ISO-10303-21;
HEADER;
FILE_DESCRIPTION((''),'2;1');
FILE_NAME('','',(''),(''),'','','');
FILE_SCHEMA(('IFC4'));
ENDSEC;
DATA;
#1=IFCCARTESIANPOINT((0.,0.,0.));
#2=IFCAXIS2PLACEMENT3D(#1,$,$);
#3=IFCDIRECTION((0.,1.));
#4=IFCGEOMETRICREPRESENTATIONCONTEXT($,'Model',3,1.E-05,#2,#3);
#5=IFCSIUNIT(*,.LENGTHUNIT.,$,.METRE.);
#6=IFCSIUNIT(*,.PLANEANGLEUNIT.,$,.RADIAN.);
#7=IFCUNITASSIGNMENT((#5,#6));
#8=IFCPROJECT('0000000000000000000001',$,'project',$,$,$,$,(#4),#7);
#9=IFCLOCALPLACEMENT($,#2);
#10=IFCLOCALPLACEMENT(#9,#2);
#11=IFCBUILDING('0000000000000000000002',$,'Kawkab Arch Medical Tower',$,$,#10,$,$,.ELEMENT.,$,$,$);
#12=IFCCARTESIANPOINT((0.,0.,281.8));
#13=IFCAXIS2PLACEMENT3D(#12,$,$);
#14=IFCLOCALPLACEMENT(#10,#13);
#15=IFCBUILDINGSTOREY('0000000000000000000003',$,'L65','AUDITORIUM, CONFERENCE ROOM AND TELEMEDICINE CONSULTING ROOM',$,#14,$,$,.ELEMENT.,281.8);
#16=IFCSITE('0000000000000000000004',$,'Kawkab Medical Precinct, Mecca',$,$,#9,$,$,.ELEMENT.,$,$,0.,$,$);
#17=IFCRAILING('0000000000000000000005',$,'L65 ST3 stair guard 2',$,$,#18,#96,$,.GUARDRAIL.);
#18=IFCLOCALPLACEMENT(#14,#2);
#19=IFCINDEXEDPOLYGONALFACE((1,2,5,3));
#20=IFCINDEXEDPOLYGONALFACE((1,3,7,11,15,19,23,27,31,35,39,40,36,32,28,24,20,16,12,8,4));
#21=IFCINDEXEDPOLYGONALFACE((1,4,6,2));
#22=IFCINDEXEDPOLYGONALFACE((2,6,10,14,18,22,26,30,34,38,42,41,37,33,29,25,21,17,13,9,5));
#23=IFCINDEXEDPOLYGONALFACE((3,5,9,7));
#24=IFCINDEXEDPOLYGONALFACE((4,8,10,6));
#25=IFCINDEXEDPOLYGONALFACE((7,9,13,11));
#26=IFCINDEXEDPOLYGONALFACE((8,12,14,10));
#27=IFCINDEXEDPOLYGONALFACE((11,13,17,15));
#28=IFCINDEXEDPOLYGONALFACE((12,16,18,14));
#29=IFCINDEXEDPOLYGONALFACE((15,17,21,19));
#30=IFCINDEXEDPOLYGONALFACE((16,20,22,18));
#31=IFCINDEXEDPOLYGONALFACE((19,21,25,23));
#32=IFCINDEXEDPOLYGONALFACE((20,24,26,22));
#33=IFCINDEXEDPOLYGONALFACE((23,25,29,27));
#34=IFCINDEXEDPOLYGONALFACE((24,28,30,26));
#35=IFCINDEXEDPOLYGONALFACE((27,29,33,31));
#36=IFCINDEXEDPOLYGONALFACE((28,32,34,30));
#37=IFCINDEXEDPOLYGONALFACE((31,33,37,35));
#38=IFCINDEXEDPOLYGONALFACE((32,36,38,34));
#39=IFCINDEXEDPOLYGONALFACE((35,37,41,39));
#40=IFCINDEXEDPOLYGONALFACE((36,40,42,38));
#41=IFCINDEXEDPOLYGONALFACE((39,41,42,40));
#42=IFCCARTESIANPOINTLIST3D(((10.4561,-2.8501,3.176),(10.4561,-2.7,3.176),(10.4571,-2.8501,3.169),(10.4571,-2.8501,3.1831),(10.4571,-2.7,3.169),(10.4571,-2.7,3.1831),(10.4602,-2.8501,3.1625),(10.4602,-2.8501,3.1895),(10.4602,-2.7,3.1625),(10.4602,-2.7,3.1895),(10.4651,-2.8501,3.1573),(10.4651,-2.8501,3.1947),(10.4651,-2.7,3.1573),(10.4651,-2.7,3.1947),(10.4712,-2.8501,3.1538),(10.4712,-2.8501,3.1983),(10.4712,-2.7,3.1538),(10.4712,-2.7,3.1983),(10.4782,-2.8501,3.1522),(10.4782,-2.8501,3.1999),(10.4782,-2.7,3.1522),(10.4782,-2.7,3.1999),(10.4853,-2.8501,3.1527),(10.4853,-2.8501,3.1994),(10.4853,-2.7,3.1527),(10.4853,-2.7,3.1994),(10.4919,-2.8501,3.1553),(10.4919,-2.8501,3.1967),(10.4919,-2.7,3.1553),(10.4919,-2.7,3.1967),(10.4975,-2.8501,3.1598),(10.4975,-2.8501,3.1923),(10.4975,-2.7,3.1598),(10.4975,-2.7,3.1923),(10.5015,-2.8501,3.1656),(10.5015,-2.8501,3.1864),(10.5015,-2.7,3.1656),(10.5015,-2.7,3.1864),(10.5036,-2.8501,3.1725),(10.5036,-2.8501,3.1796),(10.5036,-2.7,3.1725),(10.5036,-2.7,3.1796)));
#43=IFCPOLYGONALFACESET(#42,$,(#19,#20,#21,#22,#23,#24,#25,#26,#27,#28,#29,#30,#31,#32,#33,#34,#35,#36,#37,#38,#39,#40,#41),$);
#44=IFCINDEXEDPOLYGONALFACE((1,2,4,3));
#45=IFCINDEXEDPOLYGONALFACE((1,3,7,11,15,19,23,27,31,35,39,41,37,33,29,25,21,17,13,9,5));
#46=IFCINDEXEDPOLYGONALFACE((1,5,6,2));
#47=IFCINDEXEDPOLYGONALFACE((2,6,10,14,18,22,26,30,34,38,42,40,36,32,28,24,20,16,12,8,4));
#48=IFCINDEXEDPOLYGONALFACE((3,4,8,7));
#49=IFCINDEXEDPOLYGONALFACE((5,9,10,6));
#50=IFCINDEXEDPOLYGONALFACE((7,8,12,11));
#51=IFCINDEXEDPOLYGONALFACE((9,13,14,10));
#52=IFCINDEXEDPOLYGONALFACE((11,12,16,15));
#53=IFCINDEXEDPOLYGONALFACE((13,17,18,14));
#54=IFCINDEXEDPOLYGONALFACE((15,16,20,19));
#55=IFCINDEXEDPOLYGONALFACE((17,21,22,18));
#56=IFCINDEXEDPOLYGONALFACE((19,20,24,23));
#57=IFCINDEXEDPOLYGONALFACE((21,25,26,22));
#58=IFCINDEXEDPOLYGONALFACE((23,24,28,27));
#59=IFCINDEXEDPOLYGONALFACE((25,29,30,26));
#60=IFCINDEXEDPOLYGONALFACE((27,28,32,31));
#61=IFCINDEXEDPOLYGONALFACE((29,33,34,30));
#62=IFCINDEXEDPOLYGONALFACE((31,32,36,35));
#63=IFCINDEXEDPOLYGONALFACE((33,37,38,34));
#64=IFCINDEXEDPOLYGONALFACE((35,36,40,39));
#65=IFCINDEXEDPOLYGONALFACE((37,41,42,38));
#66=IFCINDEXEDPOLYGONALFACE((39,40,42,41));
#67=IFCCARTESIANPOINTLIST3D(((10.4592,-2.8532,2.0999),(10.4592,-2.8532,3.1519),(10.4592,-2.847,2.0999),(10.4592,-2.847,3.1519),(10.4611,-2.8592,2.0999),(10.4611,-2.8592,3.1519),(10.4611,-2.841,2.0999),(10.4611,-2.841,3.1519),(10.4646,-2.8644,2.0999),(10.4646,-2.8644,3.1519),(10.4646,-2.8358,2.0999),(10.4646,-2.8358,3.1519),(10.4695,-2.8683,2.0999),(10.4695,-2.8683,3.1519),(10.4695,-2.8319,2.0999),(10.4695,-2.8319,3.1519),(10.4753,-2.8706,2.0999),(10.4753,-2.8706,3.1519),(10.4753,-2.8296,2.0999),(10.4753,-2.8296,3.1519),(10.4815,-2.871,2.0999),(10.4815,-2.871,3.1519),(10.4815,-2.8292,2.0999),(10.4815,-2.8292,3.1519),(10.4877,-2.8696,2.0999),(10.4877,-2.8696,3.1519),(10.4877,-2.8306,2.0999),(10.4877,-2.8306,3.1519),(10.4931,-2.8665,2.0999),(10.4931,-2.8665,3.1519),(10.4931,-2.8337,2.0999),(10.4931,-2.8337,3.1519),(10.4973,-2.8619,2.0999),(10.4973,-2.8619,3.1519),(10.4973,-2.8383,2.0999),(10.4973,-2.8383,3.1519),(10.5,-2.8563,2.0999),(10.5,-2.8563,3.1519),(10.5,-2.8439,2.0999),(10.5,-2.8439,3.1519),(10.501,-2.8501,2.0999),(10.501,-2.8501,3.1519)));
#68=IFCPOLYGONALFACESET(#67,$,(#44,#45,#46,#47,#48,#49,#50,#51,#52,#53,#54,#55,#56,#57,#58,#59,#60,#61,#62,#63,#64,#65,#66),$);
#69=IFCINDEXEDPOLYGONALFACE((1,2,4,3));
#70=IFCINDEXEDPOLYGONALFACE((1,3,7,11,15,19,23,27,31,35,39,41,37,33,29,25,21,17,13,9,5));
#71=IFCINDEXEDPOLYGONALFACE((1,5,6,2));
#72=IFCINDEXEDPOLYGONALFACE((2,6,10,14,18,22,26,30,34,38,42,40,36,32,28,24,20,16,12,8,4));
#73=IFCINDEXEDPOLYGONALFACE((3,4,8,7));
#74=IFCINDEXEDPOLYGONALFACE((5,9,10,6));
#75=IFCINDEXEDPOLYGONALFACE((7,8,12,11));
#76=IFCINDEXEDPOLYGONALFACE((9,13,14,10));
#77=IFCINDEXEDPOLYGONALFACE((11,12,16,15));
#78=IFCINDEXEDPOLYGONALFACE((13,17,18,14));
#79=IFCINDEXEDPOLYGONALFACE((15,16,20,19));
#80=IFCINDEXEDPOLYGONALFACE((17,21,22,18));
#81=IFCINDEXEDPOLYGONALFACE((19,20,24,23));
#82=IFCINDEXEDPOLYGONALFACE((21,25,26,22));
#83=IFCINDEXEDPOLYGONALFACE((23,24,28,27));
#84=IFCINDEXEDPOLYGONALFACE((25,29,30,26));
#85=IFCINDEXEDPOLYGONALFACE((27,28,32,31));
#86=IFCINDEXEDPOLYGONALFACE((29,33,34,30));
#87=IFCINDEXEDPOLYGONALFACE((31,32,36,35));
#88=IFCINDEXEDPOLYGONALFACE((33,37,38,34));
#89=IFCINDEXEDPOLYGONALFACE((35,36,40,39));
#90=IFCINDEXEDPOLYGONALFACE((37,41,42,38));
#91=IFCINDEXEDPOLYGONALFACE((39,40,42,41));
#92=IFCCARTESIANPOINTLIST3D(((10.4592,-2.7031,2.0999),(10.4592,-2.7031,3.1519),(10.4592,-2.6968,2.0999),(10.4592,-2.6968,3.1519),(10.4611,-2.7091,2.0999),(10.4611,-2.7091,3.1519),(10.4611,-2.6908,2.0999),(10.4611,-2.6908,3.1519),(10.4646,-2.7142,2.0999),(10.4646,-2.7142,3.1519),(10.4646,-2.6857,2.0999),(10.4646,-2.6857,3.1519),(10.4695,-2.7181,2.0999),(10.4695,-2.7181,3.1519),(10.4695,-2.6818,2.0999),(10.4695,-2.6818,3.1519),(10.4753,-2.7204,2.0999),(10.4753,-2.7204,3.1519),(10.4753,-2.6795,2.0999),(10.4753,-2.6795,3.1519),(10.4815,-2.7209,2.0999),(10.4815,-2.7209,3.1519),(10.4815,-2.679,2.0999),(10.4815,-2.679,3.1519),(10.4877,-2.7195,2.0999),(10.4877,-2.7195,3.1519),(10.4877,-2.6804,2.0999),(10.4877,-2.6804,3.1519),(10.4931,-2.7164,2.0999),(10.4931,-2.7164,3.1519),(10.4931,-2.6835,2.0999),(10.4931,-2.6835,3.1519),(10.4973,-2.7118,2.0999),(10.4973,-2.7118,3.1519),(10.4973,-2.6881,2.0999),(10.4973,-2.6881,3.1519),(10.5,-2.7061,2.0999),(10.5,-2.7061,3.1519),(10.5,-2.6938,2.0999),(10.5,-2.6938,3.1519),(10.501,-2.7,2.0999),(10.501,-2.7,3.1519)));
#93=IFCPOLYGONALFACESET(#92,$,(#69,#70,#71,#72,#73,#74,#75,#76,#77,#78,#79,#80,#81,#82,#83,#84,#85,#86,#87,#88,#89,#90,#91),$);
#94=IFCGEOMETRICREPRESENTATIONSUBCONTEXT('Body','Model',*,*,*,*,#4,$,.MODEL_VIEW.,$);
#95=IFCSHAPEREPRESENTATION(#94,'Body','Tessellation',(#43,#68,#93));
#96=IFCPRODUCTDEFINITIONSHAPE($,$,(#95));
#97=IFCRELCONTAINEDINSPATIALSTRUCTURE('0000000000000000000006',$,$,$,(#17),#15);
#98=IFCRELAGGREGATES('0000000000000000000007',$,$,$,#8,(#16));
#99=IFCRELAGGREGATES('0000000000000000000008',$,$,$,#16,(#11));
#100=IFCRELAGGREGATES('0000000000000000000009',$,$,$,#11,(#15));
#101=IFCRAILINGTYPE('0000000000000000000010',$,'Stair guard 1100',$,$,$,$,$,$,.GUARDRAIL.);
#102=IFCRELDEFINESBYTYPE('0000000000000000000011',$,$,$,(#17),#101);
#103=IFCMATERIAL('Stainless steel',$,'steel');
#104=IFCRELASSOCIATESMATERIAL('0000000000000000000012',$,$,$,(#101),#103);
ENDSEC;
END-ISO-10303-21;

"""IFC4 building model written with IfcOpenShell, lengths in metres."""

from ifc_helpers import new_model, si_unit, direction, frame, origin, origin_2d, place, context, subcontext, project, spatial, circle, extrude, material, type_object, element, save


model = new_model("IFC4")

# Units and contexts
model_context = context("Model", 3, precision=1e-05, world=origin(), true_north=direction((0.0, 1.0)))
body_context = subcontext(model_context, "Body", "Model", "MODEL_VIEW")
ifc_project = project(units=[si_unit("LENGTHUNIT", "METRE"), si_unit("PLANEANGLEUNIT", "RADIAN")], contexts=[model_context])

# Site, building, storey
site_placement = place(None, origin())
site = spatial("IfcSite", under=ifc_project, at=site_placement, Name="Kawkab Medical Precinct, Mecca", CompositionType="ELEMENT", RefElevation=0.0)
building_placement = place(site_placement, origin())
building = spatial("IfcBuilding", under=site, at=building_placement, Name="Kawkab Arch Medical Tower", CompositionType="ELEMENT")
storey_placement = place(building_placement, frame((0.0, 0.0, 281.8)))
storey = spatial("IfcBuildingStorey", under=building, at=storey_placement, Name="L65", Description="AUDITORIUM, CONFERENCE ROOM AND TELEMEDICINE CONSULTING ROOM", CompositionType="ELEMENT", Elevation=281.8)

# Railing
ifc_material_1 = material(Name="Stainless steel", Category="steel")
railing_type_1 = type_object("IfcRailingType", Name="Stair guard 1100", PredefinedType="GUARDRAIL", material=ifc_material_1)
railing_1_placement = place(storey_placement, frame((10.48, -2.8501, 2.0999)))
element("IfcRailing", 1, at=railing_1_placement, inside=storey, type_object=railing_type_1, Name="L65 ST3 stair guard 2", PredefinedType="GUARDRAIL", context=body_context, shape_type="SweptSolid", body=[
    extrude(circle(Radius=0.0239, at=origin_2d()), frame((0.0, 0.0, 1.0762), z_axis=(0.0, 1.0, 0.0), x_axis=(-1.0, 0.0, 0.0)), (0.0, 0.0, 1.0), 0.1501),
    extrude(circle(Radius=0.021, at=origin_2d()), origin(), (0.0, 0.0, 1.0), 1.052),
    extrude(circle(Radius=0.021, at=origin_2d()), frame((0.0, 0.1501, 0.0)), (0.0, 0.0, 1.0), 1.052),
])

save(model, "model.ifc")
